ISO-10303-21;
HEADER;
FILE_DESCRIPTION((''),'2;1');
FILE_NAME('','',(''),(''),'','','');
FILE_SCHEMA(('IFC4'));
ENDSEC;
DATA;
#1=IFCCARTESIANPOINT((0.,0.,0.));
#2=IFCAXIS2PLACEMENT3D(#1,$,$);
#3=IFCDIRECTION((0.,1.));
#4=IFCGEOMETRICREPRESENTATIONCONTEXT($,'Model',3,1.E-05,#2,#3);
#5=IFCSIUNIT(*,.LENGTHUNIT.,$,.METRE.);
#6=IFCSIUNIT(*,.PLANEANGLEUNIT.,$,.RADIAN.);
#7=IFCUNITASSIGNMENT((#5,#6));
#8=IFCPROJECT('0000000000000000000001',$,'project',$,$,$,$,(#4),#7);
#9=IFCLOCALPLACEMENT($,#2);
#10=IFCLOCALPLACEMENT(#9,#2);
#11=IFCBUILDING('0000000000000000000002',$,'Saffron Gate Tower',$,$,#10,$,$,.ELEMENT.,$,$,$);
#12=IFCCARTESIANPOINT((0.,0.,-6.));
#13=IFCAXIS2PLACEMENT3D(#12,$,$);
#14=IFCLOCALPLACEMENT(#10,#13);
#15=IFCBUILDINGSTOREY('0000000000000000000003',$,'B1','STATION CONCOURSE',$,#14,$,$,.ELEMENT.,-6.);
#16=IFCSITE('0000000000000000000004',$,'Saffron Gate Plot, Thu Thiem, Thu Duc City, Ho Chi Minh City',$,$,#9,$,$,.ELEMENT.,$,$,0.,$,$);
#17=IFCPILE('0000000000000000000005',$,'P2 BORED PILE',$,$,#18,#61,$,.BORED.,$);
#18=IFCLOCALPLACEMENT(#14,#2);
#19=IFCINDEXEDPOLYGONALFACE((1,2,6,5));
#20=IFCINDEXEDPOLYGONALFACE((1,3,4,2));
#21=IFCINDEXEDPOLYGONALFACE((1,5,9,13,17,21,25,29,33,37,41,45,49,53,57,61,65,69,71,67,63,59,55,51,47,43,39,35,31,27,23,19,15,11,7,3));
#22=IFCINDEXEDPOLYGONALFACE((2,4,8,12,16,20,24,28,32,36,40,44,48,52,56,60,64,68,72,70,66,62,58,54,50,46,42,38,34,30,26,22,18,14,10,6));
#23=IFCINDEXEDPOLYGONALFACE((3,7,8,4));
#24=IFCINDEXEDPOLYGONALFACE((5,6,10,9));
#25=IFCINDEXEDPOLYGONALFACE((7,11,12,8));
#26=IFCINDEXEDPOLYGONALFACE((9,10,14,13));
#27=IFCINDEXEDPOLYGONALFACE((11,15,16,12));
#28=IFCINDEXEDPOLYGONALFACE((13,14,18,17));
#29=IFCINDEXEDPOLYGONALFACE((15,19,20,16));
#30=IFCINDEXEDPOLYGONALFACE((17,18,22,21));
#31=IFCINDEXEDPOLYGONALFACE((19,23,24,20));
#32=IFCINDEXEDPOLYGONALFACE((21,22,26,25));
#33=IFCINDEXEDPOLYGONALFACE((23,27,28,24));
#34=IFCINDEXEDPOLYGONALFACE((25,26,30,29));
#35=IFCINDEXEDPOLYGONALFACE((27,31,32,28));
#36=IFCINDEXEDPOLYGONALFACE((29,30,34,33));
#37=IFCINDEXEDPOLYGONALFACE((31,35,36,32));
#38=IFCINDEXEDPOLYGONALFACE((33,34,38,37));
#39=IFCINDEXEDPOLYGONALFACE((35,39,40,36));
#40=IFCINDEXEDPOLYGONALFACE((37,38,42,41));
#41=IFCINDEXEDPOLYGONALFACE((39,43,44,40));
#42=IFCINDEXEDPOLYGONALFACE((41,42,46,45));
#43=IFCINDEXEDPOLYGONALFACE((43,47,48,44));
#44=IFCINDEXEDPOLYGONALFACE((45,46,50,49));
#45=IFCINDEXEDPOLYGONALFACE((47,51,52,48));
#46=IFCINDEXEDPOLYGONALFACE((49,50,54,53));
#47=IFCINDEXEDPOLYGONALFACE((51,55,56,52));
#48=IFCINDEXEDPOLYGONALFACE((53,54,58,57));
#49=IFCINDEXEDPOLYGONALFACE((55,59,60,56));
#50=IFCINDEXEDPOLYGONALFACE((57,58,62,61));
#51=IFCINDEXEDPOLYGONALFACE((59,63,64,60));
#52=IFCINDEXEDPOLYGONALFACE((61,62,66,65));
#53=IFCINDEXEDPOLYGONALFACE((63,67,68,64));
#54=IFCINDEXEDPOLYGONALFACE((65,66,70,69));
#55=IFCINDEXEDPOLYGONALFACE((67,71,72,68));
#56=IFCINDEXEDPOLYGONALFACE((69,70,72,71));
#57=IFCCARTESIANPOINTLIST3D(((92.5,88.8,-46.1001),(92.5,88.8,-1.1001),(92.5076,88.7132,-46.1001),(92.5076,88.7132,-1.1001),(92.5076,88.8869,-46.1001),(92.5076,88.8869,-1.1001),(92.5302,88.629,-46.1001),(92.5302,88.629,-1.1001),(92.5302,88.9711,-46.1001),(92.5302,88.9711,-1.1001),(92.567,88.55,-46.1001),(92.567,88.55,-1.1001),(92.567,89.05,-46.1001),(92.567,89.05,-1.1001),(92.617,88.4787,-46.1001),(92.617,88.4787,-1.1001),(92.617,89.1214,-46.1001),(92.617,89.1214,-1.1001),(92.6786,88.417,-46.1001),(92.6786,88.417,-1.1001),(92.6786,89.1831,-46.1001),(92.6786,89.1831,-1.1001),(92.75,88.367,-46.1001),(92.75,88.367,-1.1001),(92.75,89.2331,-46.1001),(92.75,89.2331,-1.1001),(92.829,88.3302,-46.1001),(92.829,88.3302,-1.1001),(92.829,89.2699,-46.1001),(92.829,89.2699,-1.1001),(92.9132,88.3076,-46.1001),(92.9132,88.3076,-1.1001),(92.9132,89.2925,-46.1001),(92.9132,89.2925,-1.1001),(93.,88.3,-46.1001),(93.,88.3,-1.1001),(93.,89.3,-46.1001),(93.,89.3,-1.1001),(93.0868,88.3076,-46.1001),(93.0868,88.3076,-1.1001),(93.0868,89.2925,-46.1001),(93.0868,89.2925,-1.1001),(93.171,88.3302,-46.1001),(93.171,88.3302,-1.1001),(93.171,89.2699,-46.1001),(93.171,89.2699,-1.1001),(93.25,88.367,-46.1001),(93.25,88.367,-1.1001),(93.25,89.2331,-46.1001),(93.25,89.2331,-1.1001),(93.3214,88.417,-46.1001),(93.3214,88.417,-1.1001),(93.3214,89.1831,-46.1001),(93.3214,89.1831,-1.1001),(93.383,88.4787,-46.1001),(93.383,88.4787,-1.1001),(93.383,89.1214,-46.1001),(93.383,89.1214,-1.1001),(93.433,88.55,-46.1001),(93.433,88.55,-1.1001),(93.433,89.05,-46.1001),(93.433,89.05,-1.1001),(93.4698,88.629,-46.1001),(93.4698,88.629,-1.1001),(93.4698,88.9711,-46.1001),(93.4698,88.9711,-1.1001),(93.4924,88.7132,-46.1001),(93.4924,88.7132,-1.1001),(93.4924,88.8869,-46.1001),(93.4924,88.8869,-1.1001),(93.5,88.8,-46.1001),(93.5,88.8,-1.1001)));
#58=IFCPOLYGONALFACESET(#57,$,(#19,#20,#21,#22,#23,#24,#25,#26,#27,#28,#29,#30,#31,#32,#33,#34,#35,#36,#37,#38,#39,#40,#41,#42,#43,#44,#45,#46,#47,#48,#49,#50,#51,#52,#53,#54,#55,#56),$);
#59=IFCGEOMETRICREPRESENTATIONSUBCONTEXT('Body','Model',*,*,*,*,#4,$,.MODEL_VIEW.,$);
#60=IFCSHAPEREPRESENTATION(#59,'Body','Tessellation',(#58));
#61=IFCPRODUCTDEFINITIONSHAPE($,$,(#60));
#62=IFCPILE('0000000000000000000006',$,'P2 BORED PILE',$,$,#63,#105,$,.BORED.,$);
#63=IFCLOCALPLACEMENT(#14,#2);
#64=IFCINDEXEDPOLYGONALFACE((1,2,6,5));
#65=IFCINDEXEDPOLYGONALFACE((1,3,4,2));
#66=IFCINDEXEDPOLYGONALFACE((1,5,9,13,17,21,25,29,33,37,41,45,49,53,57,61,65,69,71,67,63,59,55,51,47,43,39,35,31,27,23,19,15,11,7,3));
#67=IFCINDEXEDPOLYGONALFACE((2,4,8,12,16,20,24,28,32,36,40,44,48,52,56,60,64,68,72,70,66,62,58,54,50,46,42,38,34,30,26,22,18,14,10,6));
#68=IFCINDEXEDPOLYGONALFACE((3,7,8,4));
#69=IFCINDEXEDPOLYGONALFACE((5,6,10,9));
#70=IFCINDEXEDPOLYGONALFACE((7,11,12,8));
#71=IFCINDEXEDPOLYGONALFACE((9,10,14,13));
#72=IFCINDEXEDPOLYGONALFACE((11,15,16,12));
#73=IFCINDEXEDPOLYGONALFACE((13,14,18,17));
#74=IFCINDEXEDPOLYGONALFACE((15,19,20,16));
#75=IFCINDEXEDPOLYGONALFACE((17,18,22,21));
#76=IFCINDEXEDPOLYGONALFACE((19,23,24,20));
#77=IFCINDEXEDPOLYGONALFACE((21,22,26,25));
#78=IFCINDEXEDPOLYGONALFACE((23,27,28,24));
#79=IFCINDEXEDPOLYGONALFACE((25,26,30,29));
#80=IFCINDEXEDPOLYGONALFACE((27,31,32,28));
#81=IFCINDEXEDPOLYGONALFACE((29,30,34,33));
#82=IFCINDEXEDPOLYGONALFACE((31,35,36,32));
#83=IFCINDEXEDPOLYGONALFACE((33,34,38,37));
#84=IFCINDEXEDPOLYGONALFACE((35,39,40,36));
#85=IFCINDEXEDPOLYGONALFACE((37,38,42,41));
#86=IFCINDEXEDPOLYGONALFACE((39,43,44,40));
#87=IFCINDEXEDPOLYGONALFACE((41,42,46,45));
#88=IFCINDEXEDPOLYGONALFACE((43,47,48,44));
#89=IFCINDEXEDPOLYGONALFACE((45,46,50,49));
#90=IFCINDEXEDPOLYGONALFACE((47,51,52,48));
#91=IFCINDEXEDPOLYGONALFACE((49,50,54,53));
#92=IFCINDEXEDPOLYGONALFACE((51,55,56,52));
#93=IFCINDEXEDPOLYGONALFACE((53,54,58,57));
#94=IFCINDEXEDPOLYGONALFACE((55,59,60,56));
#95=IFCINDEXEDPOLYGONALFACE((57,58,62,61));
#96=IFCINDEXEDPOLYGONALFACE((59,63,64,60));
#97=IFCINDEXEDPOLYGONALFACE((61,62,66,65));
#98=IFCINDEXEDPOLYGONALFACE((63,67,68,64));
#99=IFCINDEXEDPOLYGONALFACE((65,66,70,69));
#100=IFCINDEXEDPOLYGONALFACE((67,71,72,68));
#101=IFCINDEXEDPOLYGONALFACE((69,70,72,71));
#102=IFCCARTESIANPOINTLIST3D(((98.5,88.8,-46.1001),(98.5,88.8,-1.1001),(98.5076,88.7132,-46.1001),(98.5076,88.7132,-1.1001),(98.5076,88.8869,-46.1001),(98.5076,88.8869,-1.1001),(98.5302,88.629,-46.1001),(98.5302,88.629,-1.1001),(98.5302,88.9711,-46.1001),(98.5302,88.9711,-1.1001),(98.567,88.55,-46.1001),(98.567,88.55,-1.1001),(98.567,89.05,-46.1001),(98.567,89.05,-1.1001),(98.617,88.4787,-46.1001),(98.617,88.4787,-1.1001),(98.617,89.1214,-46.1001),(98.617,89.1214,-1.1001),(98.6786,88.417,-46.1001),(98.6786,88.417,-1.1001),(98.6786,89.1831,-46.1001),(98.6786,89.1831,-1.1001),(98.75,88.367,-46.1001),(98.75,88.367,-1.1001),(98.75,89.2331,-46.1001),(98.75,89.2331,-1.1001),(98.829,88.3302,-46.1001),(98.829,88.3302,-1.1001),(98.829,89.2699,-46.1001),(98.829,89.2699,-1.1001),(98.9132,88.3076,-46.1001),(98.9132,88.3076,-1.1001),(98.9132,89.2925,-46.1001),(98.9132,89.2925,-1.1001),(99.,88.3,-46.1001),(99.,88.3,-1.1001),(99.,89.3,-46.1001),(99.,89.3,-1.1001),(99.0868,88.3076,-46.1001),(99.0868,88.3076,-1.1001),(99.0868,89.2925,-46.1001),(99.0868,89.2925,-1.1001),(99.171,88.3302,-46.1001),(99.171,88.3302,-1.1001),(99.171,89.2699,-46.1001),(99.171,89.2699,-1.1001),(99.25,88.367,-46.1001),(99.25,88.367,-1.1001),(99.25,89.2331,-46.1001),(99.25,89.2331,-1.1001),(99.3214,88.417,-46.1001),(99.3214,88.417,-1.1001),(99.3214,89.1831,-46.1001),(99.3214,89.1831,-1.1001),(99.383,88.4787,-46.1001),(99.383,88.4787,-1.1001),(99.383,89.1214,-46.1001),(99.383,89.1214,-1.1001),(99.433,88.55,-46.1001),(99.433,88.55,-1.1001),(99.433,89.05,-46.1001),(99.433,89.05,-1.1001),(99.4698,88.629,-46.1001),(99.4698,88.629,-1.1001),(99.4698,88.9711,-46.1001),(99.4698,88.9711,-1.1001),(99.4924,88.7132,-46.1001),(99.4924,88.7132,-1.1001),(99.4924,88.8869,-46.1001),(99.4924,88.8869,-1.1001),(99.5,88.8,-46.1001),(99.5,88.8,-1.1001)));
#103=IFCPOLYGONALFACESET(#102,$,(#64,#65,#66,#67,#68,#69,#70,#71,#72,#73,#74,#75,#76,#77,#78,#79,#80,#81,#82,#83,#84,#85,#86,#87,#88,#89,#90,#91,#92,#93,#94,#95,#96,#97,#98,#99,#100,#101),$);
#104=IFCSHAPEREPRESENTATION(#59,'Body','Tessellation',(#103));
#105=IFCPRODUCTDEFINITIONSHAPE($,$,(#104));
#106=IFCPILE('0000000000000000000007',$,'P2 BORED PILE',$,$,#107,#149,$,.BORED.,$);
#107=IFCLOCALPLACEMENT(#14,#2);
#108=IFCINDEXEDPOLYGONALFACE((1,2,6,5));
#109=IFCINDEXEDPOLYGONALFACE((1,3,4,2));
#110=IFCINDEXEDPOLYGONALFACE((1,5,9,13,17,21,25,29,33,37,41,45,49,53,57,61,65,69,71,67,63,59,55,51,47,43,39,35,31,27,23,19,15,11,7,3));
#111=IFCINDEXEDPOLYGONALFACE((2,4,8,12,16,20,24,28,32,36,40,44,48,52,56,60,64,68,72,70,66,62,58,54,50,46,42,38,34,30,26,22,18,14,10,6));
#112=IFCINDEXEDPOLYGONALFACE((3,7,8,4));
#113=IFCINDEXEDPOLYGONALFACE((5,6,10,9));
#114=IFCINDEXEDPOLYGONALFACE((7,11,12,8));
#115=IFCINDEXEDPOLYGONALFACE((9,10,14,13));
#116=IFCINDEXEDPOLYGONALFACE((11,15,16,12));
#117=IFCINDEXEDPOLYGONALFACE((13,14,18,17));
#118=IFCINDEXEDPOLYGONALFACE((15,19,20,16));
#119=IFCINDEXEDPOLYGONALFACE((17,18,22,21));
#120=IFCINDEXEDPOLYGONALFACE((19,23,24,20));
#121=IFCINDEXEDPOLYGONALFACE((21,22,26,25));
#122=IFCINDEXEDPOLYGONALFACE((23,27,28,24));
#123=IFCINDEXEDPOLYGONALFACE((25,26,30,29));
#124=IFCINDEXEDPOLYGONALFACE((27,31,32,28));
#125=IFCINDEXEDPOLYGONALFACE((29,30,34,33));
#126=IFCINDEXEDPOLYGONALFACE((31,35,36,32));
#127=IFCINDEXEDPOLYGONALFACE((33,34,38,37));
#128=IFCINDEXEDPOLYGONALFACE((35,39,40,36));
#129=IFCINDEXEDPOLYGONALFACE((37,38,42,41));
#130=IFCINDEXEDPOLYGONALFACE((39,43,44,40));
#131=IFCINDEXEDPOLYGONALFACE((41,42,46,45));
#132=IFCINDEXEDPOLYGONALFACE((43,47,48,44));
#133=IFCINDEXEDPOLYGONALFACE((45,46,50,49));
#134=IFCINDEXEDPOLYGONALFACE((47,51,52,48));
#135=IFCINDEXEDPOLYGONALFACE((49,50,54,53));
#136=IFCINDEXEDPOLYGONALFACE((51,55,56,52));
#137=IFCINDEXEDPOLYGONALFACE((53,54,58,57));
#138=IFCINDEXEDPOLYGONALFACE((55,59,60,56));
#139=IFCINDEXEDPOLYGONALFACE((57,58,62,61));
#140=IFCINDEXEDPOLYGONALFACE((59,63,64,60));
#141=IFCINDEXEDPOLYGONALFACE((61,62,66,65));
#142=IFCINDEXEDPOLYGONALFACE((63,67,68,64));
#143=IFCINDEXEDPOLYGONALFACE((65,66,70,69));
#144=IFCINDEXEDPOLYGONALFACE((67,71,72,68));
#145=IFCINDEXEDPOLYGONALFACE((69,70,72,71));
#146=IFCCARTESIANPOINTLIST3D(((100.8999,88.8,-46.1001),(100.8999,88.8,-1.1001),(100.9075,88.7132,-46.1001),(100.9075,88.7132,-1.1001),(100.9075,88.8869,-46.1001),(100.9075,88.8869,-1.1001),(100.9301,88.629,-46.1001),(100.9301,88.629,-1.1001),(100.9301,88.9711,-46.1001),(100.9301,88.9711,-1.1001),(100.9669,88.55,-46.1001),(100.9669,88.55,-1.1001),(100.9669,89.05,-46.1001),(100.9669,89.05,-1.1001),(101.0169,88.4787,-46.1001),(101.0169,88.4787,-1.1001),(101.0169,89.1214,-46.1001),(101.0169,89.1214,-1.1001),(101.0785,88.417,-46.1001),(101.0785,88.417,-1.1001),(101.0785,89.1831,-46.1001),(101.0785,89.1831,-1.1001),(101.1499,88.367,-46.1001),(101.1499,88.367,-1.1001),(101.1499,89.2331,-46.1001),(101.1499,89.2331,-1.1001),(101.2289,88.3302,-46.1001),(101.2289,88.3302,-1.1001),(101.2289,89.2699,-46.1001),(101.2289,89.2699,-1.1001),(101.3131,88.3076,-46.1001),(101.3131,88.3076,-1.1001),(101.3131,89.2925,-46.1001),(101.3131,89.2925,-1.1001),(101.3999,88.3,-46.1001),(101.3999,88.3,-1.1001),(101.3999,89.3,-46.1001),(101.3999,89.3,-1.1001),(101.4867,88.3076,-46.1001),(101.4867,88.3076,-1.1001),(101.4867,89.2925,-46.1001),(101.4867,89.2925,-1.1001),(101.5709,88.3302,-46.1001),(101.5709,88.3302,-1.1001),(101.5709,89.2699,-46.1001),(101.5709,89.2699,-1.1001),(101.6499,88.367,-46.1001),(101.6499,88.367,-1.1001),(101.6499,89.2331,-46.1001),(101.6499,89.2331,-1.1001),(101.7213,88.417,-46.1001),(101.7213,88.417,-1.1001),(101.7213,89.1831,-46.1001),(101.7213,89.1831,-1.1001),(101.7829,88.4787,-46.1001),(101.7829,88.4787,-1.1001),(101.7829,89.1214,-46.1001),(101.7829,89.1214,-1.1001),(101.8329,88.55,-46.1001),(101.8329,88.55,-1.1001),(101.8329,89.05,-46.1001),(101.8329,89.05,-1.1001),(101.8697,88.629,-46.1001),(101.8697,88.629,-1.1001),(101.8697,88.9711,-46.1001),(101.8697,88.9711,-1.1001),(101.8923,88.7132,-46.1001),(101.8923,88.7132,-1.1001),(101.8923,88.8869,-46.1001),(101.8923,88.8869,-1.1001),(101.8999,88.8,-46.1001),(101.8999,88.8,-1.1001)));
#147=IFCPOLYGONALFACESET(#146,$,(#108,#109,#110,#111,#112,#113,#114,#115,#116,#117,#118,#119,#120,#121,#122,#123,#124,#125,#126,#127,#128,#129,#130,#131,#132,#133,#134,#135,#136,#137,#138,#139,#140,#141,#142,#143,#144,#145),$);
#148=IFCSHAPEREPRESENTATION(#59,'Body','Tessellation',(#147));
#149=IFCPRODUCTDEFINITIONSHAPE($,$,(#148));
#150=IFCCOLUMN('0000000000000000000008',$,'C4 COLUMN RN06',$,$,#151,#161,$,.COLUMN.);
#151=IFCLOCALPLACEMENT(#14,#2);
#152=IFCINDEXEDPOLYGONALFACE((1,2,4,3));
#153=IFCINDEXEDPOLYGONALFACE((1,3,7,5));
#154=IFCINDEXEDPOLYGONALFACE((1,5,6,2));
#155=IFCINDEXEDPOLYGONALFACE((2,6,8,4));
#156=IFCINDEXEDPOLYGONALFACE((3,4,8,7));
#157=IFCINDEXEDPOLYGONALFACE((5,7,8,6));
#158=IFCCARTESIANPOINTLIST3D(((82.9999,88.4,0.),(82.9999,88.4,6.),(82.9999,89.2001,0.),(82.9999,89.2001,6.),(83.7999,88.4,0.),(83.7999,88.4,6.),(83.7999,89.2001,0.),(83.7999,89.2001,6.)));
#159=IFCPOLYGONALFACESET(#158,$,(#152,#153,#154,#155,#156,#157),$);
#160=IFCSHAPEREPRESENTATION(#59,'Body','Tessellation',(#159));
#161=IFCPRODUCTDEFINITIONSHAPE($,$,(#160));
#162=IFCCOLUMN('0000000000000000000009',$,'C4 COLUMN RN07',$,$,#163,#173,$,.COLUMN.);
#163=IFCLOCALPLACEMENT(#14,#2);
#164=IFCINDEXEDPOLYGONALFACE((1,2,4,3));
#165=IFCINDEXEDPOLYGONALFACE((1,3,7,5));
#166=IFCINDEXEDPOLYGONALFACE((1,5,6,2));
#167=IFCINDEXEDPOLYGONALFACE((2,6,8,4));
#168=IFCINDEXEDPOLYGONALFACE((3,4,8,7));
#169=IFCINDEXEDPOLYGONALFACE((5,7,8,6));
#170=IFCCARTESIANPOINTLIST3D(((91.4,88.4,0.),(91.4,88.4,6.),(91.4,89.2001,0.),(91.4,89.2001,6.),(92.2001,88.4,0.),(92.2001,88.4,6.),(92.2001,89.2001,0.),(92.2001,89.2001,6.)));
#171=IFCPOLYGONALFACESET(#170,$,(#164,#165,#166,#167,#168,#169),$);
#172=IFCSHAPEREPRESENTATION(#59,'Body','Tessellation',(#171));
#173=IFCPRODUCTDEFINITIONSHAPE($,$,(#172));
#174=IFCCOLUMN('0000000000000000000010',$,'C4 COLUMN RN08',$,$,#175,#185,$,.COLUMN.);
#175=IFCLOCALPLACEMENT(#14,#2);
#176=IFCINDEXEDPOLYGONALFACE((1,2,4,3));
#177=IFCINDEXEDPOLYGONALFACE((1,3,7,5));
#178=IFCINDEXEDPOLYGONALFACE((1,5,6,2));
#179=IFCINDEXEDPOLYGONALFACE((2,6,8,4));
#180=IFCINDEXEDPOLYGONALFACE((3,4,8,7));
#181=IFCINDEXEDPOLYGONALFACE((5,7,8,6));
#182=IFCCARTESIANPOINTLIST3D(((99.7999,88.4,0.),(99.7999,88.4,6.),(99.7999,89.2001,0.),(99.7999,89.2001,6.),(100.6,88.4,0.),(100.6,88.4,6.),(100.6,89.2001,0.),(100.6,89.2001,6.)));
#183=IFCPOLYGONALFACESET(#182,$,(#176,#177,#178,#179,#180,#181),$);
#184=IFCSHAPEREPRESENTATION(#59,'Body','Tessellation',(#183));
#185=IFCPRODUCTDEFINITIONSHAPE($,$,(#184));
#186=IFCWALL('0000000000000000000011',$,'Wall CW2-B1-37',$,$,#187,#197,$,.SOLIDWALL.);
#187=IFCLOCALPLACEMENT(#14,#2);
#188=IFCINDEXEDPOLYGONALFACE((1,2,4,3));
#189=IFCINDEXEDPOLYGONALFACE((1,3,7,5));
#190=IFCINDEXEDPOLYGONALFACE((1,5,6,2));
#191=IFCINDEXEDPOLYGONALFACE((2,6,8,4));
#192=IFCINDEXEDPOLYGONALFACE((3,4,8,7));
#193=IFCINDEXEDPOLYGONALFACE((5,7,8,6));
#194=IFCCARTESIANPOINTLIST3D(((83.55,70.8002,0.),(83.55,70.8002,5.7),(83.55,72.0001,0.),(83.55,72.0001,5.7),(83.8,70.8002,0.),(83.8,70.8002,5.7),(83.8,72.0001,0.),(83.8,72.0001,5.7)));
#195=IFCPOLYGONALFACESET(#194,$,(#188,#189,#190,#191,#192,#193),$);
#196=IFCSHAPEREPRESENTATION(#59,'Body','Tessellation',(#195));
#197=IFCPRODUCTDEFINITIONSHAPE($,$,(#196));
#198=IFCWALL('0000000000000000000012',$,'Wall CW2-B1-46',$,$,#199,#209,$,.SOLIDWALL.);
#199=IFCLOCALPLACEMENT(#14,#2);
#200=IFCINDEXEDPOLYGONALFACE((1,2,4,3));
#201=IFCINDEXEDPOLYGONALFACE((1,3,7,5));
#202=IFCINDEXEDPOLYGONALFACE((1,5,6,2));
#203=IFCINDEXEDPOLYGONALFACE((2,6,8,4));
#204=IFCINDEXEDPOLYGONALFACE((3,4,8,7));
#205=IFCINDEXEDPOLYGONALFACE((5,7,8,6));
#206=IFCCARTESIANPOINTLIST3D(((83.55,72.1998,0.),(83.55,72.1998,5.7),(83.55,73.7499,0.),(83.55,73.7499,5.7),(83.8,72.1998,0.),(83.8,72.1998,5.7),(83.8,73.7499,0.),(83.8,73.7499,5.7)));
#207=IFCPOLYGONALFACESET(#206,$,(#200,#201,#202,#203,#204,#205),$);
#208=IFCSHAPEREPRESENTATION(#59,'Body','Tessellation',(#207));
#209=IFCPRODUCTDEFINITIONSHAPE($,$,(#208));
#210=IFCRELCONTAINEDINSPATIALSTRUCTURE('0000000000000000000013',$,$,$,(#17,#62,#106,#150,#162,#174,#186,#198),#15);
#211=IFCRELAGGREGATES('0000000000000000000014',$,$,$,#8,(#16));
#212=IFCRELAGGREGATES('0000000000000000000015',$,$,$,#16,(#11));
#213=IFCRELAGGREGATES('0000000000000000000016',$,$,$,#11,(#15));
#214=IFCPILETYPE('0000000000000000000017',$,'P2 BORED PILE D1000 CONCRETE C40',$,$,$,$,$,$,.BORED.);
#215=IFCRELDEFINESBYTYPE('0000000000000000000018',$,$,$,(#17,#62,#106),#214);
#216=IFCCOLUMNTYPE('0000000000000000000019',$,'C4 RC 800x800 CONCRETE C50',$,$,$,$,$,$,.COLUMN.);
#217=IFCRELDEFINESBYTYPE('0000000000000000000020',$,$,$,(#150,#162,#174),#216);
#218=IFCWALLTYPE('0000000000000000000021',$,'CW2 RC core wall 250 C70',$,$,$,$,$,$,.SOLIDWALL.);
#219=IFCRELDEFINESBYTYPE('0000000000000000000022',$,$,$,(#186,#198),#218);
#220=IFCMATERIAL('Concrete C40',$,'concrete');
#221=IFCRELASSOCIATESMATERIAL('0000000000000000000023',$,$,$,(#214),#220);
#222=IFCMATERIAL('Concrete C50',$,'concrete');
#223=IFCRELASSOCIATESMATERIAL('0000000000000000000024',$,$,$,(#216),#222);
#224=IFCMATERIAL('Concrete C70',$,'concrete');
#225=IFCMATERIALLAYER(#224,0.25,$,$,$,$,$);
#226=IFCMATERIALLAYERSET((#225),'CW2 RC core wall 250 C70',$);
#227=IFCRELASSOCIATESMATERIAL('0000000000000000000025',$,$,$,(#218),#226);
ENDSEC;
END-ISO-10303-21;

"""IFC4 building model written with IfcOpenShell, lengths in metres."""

from ifc_helpers import new_model, si_unit, direction, frame, frame_2d, origin, origin_2d, place, context, subcontext, project, spatial, rectangle, circle, extrude, material, layer, layer_set, material_profile, profile_set, type_object, element, save


model = new_model("IFC4")

# Units and contexts
model_context = context("Model", 3, precision=1e-05, world=origin(), true_north=direction((0.0, 1.0)))
body_context = subcontext(model_context, "Body", "Model", "MODEL_VIEW")
ifc_project = project(units=[si_unit("LENGTHUNIT", "METRE"), si_unit("PLANEANGLEUNIT", "RADIAN")], contexts=[model_context])

# Site, building, storey
site_placement = place(None, origin())
site = spatial("IfcSite", under=ifc_project, at=site_placement, Name="Saffron Gate Plot, Thu Thiem, Thu Duc City, Ho Chi Minh City", CompositionType="ELEMENT", RefElevation=0.0)
building_placement = place(site_placement, origin())
building = spatial("IfcBuilding", under=site, at=building_placement, Name="Saffron Gate Tower", CompositionType="ELEMENT")
storey_placement = place(building_placement, frame((0.0, 0.0, -6.0)))
storey = spatial("IfcBuildingStorey", under=building, at=storey_placement, Name="B1", Description="STATION CONCOURSE", CompositionType="ELEMENT", Elevation=-6.0)

# Piles
ifc_material_1 = material(Name="Concrete C40", Category="concrete")
ifc_material_profile_1 = material_profile(ifc_material_1, circle(Radius=0.5, at=origin_2d()))
ifc_profile_set_1 = profile_set([ifc_material_profile_1], Name="Concrete C40")
pile_type_1 = type_object("IfcPileType", Name="P2 BORED PILE D1000 CONCRETE C40", PredefinedType="BORED", material=ifc_profile_set_1)
for number, where, z_axis, x_axis, name in (
    (1, (93.0, 88.8, -1.1001), (0.0, 0.0, -1.0), (1.0, 0.0, 0.0), "P2 BORED PILE"),
    (2, (99.0, 88.8, -1.1001), (0.0, 0.0, -1.0), (1.0, 0.0, 0.0), "P2 BORED PILE"),
    (3, (101.3999, 88.8, -1.1001), (0.0, 0.0, -1.0), (1.0, 0.0, 0.0), "P2 BORED PILE"),
):
    element("IfcPile", number, at=place(storey_placement, frame(where, z_axis=z_axis, x_axis=x_axis)), inside=storey, type_object=pile_type_1, Name=name, PredefinedType="BORED", context=body_context, shape_type="SweptSolid", body=[
        extrude(circle(Radius=0.5, at=origin_2d()), origin(), (0.0, 0.0, 1.0), 45.0),
    ])

# Columns
ifc_material_2 = material(Name="Concrete C50", Category="concrete")
ifc_material_profile_2 = material_profile(ifc_material_2, rectangle(XDim=0.8, YDim=0.8, at=origin_2d()))
ifc_profile_set_2 = profile_set([ifc_material_profile_2], Name="Concrete C50")
column_type = type_object("IfcColumnType", Name="C4 RC 800x800 CONCRETE C50", PredefinedType="COLUMN", material=ifc_profile_set_2)
for number, where, z_axis, x_axis, name in (
    (4, (83.3999, 88.8, 0.0), (0.0, 0.0, 1.0), (1.0, 0.0, 0.0), "C4 COLUMN RN06"),
    (5, (91.8, 88.8, 0.0), (0.0, 0.0, 1.0), (1.0, 0.0, 0.0), "C4 COLUMN RN07"),
    (6, (100.2, 88.8, 0.0), (0.0, 0.0, 1.0), (1.0, 0.0, 0.0), "C4 COLUMN RN08"),
):
    element("IfcColumn", number, at=place(storey_placement, frame(where, z_axis=z_axis, x_axis=x_axis)), inside=storey, type_object=column_type, Name=name, PredefinedType="COLUMN", context=body_context, shape_type="SweptSolid", body=[
        extrude(rectangle(XDim=0.8, YDim=0.8, at=origin_2d()), origin(), (0.0, 0.0, 1.0), 6.0),
    ])

# Walls
ifc_material_3 = material(Name="Concrete C70", Category="concrete")
ifc_layer_1 = layer(ifc_material_3, 0.25)
ifc_layer_set_1 = layer_set([ifc_layer_1], Name="CW2 RC core wall 250 C70")
wall_type_1 = type_object("IfcWallType", Name="CW2 RC core wall 250 C70", PredefinedType="SOLIDWALL", material=ifc_layer_set_1)
wall_1_placement = place(storey_placement, frame((83.675, 70.8, 0.0), z_axis=(0.0, 0.0, 1.0), x_axis=(0.0, 1.0, 0.0)))
element("IfcWall", 7, at=wall_1_placement, inside=storey, type_object=wall_type_1, Name="Wall CW2-B1-37", PredefinedType="SOLIDWALL", context=body_context, shape_type="SweptSolid", body=[
    extrude(rectangle(XDim=1.2, YDim=0.25, at=frame_2d((0.6001, 0.0))), origin(), (0.0, 0.0, 1.0), 5.7),
])
wall_2_placement = place(storey_placement, frame((83.675, 72.2, 0.0), z_axis=(0.0, 0.0, 1.0), x_axis=(0.0, 1.0, 0.0)))
element("IfcWall", 8, at=wall_2_placement, inside=storey, type_object=wall_type_1, Name="Wall CW2-B1-46", PredefinedType="SOLIDWALL", context=body_context, shape_type="SweptSolid", body=[
    extrude(rectangle(XDim=1.55, YDim=0.25, at=frame_2d((0.7749, 0.0))), origin(), (0.0, 0.0, 1.0), 5.7),
])

save(model, "model.ifc")
